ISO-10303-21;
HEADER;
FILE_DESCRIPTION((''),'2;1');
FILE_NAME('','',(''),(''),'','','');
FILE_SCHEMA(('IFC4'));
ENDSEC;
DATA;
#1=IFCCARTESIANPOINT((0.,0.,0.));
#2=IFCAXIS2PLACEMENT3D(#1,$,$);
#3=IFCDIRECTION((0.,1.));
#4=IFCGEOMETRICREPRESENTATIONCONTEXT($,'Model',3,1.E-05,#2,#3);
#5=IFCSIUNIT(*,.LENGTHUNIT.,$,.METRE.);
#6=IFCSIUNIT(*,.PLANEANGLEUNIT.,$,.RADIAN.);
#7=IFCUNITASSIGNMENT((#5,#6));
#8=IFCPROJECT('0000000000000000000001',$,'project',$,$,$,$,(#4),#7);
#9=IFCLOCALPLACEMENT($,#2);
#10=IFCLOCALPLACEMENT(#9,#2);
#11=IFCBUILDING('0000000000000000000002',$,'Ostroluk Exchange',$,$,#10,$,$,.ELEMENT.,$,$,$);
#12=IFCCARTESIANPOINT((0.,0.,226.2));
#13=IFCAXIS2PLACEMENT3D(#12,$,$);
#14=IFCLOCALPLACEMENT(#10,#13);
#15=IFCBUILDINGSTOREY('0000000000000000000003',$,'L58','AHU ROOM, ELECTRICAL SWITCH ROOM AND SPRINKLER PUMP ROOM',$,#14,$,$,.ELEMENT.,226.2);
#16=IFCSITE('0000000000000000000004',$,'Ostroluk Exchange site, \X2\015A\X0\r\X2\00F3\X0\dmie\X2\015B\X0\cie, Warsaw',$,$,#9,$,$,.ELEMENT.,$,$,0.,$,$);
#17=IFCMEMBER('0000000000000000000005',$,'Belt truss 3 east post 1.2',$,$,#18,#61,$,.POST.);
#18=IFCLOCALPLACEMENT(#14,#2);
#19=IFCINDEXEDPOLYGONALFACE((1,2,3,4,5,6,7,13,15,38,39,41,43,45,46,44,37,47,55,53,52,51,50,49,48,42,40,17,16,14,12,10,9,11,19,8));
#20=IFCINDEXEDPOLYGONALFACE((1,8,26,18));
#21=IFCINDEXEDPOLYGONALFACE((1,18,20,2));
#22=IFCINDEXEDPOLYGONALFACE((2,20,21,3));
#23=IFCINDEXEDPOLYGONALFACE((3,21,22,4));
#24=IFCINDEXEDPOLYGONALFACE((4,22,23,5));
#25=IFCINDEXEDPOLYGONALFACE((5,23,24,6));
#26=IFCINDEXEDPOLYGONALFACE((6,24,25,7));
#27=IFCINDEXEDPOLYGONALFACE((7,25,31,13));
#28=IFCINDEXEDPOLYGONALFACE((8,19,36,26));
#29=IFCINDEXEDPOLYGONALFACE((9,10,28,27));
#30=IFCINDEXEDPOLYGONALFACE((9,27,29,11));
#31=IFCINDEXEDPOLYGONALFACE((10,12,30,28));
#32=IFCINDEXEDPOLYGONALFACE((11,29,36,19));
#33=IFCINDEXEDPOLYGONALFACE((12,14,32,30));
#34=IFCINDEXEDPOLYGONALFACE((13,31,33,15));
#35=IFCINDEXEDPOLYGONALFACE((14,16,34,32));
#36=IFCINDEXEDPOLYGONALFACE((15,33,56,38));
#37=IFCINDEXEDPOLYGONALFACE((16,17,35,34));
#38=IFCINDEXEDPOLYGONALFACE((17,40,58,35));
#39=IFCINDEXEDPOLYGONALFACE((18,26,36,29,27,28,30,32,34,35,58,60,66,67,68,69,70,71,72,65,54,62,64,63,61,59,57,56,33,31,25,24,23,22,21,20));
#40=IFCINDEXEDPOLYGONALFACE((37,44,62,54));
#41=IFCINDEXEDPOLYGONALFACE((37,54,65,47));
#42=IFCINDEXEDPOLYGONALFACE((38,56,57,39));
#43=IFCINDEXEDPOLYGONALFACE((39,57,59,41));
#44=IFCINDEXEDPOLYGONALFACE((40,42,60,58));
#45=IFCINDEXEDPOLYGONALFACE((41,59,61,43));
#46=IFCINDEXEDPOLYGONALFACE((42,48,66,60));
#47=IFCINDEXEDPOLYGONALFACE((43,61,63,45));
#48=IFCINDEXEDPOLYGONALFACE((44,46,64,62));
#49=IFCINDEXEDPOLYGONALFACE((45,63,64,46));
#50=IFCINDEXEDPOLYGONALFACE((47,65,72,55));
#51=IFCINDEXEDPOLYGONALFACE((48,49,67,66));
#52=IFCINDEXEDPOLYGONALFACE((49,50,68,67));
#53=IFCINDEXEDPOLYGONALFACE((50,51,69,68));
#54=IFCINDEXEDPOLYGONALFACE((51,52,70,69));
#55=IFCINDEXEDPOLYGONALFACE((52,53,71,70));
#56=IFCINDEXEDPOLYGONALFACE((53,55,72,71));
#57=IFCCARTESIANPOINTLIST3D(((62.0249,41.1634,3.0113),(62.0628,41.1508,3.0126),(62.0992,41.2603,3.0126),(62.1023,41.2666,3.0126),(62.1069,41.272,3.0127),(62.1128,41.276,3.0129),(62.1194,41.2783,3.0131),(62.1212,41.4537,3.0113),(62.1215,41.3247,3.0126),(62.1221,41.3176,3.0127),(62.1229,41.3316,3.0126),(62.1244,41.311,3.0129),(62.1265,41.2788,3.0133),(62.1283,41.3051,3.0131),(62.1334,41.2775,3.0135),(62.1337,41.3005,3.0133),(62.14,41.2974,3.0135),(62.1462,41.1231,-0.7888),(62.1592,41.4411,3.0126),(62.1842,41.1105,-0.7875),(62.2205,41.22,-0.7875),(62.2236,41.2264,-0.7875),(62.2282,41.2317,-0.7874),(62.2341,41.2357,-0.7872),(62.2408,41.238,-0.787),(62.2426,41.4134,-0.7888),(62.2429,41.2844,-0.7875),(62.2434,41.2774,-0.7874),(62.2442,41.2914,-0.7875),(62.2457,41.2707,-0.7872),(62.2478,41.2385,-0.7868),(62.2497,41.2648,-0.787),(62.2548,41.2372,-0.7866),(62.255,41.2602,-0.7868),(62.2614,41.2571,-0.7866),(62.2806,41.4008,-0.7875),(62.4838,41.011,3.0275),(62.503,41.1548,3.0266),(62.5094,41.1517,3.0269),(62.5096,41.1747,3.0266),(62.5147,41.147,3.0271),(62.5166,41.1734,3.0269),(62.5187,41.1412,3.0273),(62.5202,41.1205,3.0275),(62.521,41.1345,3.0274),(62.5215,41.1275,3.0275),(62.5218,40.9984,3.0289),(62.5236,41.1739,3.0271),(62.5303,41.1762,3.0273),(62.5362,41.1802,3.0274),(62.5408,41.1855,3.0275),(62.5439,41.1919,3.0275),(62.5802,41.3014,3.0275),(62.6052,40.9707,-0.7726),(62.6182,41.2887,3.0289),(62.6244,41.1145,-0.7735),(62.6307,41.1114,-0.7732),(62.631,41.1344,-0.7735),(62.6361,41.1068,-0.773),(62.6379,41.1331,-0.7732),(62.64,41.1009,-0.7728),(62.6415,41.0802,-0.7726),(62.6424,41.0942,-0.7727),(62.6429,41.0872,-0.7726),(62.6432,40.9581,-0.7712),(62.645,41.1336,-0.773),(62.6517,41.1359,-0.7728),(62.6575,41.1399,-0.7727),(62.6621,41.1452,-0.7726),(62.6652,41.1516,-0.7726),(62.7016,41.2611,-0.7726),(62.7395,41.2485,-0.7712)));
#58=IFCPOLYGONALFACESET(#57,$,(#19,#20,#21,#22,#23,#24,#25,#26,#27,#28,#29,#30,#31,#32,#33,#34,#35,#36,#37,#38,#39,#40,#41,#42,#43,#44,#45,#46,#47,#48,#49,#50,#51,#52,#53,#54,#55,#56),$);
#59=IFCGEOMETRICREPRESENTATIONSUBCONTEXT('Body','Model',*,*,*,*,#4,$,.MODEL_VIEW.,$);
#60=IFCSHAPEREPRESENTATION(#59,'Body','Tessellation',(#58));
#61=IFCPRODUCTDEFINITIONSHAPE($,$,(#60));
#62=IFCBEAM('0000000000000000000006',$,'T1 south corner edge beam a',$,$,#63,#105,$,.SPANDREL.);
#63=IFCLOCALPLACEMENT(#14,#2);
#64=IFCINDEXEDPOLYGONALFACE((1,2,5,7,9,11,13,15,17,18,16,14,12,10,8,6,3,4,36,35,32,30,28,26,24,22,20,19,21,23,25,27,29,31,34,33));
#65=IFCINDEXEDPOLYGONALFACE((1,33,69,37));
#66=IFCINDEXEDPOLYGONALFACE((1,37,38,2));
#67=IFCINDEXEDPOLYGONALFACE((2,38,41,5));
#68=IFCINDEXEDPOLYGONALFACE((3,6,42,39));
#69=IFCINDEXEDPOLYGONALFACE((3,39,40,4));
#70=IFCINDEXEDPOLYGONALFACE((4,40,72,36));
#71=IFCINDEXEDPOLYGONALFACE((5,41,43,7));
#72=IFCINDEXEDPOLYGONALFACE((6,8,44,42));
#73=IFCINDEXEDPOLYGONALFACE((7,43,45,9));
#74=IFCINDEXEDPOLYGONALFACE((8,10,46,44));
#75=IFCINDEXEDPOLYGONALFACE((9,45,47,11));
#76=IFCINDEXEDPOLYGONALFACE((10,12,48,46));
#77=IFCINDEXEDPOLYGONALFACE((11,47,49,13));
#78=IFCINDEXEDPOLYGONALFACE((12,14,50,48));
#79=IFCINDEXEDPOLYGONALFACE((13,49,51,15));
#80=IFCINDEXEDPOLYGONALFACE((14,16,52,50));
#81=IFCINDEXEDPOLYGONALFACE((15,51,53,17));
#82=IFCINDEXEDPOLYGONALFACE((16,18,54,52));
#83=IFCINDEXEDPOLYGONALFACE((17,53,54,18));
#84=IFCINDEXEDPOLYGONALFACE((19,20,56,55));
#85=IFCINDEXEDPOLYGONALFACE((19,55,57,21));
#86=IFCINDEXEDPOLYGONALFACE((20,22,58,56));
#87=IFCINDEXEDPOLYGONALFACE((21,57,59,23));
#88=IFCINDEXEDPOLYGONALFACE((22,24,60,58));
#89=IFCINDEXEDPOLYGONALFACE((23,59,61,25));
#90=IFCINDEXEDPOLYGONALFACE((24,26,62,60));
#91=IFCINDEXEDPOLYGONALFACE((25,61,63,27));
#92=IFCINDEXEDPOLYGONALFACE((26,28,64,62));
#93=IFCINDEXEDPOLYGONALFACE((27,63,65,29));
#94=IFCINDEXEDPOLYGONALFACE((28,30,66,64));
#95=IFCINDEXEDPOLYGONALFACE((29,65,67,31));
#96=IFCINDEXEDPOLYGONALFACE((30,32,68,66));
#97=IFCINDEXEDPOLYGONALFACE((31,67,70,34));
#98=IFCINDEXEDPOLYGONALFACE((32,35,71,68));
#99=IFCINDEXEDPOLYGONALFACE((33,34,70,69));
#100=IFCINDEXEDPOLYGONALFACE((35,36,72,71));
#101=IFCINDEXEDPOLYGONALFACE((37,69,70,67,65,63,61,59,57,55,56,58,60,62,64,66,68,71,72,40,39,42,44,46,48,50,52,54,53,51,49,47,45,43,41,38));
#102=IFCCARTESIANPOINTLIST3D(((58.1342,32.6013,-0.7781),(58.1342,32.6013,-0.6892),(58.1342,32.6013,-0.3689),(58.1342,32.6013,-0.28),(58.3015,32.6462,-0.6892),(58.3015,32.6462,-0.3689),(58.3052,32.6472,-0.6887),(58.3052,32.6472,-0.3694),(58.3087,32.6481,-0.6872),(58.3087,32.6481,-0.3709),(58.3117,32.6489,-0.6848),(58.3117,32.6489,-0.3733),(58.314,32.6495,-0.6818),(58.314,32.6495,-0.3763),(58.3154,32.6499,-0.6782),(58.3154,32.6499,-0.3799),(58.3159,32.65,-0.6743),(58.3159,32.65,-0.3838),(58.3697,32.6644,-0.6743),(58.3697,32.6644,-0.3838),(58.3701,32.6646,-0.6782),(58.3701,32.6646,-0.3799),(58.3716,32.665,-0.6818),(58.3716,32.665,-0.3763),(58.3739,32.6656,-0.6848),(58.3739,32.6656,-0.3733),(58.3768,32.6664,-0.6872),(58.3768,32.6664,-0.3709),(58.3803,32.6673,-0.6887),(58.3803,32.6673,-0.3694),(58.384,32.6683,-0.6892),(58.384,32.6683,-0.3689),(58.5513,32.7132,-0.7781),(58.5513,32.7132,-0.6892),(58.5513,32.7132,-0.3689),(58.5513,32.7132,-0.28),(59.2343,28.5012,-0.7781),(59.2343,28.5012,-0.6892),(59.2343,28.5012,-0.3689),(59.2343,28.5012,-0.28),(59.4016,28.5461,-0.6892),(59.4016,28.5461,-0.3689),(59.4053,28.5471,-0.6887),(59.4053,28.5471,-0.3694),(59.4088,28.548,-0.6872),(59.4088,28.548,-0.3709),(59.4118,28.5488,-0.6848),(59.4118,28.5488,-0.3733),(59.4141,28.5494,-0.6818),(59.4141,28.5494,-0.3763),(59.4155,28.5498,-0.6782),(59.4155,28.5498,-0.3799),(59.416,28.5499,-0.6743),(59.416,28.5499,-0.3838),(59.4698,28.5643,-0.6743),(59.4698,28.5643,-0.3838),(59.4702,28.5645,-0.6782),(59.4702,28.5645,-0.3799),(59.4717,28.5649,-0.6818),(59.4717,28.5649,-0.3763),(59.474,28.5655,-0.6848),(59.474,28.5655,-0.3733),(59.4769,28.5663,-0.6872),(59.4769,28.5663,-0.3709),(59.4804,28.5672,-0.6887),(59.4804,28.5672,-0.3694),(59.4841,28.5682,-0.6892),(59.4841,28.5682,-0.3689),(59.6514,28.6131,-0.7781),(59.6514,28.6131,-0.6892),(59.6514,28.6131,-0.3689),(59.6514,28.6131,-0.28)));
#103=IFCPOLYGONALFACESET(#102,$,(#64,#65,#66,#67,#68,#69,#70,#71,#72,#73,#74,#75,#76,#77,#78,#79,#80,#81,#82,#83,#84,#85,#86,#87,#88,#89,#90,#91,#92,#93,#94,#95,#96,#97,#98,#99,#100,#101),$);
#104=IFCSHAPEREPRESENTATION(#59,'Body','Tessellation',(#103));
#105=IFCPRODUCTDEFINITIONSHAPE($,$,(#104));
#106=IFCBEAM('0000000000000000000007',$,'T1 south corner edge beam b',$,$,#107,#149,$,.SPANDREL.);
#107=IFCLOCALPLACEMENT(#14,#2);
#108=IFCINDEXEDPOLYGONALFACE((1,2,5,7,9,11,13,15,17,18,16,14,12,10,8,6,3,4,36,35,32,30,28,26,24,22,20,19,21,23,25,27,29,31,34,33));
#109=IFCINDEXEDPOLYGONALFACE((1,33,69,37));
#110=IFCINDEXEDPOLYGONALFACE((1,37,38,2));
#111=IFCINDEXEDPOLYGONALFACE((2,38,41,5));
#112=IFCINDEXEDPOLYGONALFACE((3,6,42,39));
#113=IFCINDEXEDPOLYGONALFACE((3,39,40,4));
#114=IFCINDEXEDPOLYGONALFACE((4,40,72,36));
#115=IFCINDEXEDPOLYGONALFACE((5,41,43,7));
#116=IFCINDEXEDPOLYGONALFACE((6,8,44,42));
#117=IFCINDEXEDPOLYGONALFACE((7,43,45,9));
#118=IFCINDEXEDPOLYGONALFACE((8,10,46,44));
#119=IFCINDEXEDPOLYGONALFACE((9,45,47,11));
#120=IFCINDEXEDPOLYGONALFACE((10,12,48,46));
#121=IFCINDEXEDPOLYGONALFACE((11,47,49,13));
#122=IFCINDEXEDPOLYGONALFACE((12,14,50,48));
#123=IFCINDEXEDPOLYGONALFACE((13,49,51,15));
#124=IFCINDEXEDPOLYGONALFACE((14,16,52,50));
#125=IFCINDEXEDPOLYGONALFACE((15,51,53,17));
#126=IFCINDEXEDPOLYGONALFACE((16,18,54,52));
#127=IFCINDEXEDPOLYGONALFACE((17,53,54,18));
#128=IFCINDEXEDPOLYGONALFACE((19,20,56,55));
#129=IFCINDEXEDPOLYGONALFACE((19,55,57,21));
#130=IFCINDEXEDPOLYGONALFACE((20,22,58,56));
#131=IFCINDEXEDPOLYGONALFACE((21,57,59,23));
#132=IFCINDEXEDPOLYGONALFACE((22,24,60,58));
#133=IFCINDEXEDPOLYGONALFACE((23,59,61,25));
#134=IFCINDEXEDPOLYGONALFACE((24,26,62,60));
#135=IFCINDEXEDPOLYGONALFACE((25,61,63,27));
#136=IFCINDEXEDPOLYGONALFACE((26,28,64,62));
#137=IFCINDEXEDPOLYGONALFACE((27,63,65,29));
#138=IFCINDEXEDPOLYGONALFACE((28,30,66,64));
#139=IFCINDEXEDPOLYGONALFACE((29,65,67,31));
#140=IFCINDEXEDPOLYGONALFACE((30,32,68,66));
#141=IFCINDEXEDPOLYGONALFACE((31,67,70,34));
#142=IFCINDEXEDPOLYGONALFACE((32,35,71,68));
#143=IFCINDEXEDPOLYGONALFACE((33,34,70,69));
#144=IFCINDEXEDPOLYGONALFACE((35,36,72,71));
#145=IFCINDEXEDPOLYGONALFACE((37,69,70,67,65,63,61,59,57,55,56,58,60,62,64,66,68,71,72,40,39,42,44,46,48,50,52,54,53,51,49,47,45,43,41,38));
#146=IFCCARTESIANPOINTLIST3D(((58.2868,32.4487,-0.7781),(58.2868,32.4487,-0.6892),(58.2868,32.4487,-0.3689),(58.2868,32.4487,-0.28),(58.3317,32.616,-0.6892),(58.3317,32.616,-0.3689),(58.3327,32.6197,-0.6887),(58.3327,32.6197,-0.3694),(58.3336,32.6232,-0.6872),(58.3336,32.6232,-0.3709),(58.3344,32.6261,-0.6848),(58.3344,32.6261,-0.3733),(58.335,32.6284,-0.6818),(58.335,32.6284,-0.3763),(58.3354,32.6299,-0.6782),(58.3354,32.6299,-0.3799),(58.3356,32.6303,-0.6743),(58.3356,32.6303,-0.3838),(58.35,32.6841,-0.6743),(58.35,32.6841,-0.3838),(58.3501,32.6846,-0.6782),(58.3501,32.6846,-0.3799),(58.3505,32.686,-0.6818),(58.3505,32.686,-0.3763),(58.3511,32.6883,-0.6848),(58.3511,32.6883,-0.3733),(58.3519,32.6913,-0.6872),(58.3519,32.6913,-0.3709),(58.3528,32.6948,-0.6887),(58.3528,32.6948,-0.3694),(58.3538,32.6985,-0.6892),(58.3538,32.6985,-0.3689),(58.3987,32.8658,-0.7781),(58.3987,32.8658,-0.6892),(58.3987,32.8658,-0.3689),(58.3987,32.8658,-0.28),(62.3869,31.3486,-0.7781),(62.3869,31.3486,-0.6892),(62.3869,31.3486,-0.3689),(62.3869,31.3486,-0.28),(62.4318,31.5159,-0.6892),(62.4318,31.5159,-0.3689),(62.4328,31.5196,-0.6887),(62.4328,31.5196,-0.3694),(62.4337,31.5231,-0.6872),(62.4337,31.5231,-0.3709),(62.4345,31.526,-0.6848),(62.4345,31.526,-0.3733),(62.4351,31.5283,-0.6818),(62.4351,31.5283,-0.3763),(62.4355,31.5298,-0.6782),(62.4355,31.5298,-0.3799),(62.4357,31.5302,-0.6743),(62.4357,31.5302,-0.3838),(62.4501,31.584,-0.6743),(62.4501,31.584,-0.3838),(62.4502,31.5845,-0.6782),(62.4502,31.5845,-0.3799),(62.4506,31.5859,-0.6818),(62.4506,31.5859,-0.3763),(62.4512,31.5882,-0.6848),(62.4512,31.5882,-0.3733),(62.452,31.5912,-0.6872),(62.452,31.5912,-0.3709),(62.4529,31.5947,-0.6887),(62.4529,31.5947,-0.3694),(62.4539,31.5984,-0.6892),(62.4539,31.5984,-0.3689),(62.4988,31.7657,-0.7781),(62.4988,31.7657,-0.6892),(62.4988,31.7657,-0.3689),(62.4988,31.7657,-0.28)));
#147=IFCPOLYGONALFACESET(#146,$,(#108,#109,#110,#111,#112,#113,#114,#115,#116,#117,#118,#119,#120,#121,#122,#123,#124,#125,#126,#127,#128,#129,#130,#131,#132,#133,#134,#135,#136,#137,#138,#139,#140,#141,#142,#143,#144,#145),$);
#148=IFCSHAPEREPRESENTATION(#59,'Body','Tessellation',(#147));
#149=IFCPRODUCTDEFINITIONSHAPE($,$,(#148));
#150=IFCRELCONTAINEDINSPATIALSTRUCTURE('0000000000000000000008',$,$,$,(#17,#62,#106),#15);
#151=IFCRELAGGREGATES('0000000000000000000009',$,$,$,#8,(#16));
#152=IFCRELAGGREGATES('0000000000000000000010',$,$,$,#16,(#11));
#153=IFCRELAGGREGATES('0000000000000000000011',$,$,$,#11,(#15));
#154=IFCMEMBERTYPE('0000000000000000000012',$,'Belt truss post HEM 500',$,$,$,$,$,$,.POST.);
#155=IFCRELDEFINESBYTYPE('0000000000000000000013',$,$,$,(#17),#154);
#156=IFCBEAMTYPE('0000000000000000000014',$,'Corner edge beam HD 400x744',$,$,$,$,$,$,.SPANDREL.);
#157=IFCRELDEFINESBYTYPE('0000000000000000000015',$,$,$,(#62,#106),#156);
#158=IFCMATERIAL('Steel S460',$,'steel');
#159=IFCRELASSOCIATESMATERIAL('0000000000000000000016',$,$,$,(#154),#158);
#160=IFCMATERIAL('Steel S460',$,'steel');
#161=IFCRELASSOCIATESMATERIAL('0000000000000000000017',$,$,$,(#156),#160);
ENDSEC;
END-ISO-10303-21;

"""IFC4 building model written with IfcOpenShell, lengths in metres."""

from ifc_helpers import new_model, si_unit, direction, frame, origin, origin_2d, place, context, subcontext, project, spatial, i_section, extrude, material, material_profile, profile_set, type_object, element, save


model = new_model("IFC4")

# Units and contexts
model_context = context("Model", 3, precision=1e-05, world=origin(), true_north=direction((0.0, 1.0)))
body_context = subcontext(model_context, "Body", "Model", "MODEL_VIEW")
ifc_project = project(units=[si_unit("LENGTHUNIT", "METRE"), si_unit("PLANEANGLEUNIT", "RADIAN")], contexts=[model_context])

# Site, building, storey
site_placement = place(None, origin())
site = spatial("IfcSite", under=ifc_project, at=site_placement, Name="Ostroluk Exchange site, Śródmieście, Warsaw", CompositionType="ELEMENT", RefElevation=0.0)
building_placement = place(site_placement, origin())
building = spatial("IfcBuilding", under=site, at=building_placement, Name="Ostroluk Exchange", CompositionType="ELEMENT")
storey_placement = place(building_placement, frame((0.0, 0.0, 226.2)))
storey = spatial("IfcBuildingStorey", under=building, at=storey_placement, Name="L58", Description="AHU ROOM, ELECTRICAL SWITCH ROOM AND SPRINKLER PUMP ROOM", CompositionType="ELEMENT", Elevation=226.2)

# Member
ifc_material_1 = material(Name="Steel S460", Category="steel")
ifc_material_profile_1 = material_profile(ifc_material_1, i_section(OverallWidth=0.3059, OverallDepth=0.5239, WebThickness=0.021, FlangeThickness=0.04, FilletRadius=0.0271, at=origin_2d()), Name="HEM 500")
ifc_profile_set_1 = profile_set([ifc_material_profile_1], Name="Steel S460")
member_type_1 = type_object("IfcMemberType", Name="Belt truss post HEM 500", PredefinedType="POST", material=ifc_profile_set_1)
member_1_placement = place(storey_placement, frame((62.4429, 41.1858, -0.78), z_axis=(-0.031913, 0.010595, 0.999435), x_axis=(-0.315082, -0.949065, 0.0)))
element("IfcMember", 1, at=member_1_placement, inside=storey, type_object=member_type_1, Name="Belt truss 3 east post 1.2", PredefinedType="POST", context=body_context, shape_type="SweptSolid", body=[
    extrude(i_section(OverallWidth=0.3059, OverallDepth=0.5239, WebThickness=0.021, FlangeThickness=0.04, FilletRadius=0.0271, at=origin_2d()), origin(), (0.0, 0.0, 1.0), 3.8022),
])

# Beams
ifc_material_2 = material(Name="Steel S460", Category="steel")
ifc_material_profile_2 = material_profile(ifc_material_2, i_section(OverallWidth=0.4319, OverallDepth=0.498, WebThickness=0.0557, FlangeThickness=0.0889, FilletRadius=0.0149, at=origin_2d()), Name="HD 400x744")
ifc_profile_set_2 = profile_set([ifc_material_profile_2], Name="Steel S460")
beam_type_1 = type_object("IfcBeamType", Name="Corner edge beam HD 400x744", PredefinedType="SPANDREL", material=ifc_profile_set_2)
for number, where, z_axis, x_axis, name in (
    (2, (58.3428, 32.6572, -0.5291), (0.259144, -0.965839, 0.0), (0.965839, 0.259144, 0.0), "T1 south corner edge beam a"),
    (3, (58.3428, 32.6572, -0.5291), (0.965839, -0.259144, 0.0), (0.259144, 0.965839, 0.0), "T1 south corner edge beam b"),
):
    element("IfcBeam", number, at=place(storey_placement, frame(where, z_axis=z_axis, x_axis=x_axis)), inside=storey, type_object=beam_type_1, Name=name, PredefinedType="SPANDREL", context=body_context, shape_type="SweptSolid", body=[
        extrude(i_section(OverallWidth=0.4319, OverallDepth=0.498, WebThickness=0.0557, FlangeThickness=0.0889, FilletRadius=0.0149, at=origin_2d()), origin(), (0.0, 0.0, 1.0), 4.2451),
    ])

save(model, "model.ifc")
